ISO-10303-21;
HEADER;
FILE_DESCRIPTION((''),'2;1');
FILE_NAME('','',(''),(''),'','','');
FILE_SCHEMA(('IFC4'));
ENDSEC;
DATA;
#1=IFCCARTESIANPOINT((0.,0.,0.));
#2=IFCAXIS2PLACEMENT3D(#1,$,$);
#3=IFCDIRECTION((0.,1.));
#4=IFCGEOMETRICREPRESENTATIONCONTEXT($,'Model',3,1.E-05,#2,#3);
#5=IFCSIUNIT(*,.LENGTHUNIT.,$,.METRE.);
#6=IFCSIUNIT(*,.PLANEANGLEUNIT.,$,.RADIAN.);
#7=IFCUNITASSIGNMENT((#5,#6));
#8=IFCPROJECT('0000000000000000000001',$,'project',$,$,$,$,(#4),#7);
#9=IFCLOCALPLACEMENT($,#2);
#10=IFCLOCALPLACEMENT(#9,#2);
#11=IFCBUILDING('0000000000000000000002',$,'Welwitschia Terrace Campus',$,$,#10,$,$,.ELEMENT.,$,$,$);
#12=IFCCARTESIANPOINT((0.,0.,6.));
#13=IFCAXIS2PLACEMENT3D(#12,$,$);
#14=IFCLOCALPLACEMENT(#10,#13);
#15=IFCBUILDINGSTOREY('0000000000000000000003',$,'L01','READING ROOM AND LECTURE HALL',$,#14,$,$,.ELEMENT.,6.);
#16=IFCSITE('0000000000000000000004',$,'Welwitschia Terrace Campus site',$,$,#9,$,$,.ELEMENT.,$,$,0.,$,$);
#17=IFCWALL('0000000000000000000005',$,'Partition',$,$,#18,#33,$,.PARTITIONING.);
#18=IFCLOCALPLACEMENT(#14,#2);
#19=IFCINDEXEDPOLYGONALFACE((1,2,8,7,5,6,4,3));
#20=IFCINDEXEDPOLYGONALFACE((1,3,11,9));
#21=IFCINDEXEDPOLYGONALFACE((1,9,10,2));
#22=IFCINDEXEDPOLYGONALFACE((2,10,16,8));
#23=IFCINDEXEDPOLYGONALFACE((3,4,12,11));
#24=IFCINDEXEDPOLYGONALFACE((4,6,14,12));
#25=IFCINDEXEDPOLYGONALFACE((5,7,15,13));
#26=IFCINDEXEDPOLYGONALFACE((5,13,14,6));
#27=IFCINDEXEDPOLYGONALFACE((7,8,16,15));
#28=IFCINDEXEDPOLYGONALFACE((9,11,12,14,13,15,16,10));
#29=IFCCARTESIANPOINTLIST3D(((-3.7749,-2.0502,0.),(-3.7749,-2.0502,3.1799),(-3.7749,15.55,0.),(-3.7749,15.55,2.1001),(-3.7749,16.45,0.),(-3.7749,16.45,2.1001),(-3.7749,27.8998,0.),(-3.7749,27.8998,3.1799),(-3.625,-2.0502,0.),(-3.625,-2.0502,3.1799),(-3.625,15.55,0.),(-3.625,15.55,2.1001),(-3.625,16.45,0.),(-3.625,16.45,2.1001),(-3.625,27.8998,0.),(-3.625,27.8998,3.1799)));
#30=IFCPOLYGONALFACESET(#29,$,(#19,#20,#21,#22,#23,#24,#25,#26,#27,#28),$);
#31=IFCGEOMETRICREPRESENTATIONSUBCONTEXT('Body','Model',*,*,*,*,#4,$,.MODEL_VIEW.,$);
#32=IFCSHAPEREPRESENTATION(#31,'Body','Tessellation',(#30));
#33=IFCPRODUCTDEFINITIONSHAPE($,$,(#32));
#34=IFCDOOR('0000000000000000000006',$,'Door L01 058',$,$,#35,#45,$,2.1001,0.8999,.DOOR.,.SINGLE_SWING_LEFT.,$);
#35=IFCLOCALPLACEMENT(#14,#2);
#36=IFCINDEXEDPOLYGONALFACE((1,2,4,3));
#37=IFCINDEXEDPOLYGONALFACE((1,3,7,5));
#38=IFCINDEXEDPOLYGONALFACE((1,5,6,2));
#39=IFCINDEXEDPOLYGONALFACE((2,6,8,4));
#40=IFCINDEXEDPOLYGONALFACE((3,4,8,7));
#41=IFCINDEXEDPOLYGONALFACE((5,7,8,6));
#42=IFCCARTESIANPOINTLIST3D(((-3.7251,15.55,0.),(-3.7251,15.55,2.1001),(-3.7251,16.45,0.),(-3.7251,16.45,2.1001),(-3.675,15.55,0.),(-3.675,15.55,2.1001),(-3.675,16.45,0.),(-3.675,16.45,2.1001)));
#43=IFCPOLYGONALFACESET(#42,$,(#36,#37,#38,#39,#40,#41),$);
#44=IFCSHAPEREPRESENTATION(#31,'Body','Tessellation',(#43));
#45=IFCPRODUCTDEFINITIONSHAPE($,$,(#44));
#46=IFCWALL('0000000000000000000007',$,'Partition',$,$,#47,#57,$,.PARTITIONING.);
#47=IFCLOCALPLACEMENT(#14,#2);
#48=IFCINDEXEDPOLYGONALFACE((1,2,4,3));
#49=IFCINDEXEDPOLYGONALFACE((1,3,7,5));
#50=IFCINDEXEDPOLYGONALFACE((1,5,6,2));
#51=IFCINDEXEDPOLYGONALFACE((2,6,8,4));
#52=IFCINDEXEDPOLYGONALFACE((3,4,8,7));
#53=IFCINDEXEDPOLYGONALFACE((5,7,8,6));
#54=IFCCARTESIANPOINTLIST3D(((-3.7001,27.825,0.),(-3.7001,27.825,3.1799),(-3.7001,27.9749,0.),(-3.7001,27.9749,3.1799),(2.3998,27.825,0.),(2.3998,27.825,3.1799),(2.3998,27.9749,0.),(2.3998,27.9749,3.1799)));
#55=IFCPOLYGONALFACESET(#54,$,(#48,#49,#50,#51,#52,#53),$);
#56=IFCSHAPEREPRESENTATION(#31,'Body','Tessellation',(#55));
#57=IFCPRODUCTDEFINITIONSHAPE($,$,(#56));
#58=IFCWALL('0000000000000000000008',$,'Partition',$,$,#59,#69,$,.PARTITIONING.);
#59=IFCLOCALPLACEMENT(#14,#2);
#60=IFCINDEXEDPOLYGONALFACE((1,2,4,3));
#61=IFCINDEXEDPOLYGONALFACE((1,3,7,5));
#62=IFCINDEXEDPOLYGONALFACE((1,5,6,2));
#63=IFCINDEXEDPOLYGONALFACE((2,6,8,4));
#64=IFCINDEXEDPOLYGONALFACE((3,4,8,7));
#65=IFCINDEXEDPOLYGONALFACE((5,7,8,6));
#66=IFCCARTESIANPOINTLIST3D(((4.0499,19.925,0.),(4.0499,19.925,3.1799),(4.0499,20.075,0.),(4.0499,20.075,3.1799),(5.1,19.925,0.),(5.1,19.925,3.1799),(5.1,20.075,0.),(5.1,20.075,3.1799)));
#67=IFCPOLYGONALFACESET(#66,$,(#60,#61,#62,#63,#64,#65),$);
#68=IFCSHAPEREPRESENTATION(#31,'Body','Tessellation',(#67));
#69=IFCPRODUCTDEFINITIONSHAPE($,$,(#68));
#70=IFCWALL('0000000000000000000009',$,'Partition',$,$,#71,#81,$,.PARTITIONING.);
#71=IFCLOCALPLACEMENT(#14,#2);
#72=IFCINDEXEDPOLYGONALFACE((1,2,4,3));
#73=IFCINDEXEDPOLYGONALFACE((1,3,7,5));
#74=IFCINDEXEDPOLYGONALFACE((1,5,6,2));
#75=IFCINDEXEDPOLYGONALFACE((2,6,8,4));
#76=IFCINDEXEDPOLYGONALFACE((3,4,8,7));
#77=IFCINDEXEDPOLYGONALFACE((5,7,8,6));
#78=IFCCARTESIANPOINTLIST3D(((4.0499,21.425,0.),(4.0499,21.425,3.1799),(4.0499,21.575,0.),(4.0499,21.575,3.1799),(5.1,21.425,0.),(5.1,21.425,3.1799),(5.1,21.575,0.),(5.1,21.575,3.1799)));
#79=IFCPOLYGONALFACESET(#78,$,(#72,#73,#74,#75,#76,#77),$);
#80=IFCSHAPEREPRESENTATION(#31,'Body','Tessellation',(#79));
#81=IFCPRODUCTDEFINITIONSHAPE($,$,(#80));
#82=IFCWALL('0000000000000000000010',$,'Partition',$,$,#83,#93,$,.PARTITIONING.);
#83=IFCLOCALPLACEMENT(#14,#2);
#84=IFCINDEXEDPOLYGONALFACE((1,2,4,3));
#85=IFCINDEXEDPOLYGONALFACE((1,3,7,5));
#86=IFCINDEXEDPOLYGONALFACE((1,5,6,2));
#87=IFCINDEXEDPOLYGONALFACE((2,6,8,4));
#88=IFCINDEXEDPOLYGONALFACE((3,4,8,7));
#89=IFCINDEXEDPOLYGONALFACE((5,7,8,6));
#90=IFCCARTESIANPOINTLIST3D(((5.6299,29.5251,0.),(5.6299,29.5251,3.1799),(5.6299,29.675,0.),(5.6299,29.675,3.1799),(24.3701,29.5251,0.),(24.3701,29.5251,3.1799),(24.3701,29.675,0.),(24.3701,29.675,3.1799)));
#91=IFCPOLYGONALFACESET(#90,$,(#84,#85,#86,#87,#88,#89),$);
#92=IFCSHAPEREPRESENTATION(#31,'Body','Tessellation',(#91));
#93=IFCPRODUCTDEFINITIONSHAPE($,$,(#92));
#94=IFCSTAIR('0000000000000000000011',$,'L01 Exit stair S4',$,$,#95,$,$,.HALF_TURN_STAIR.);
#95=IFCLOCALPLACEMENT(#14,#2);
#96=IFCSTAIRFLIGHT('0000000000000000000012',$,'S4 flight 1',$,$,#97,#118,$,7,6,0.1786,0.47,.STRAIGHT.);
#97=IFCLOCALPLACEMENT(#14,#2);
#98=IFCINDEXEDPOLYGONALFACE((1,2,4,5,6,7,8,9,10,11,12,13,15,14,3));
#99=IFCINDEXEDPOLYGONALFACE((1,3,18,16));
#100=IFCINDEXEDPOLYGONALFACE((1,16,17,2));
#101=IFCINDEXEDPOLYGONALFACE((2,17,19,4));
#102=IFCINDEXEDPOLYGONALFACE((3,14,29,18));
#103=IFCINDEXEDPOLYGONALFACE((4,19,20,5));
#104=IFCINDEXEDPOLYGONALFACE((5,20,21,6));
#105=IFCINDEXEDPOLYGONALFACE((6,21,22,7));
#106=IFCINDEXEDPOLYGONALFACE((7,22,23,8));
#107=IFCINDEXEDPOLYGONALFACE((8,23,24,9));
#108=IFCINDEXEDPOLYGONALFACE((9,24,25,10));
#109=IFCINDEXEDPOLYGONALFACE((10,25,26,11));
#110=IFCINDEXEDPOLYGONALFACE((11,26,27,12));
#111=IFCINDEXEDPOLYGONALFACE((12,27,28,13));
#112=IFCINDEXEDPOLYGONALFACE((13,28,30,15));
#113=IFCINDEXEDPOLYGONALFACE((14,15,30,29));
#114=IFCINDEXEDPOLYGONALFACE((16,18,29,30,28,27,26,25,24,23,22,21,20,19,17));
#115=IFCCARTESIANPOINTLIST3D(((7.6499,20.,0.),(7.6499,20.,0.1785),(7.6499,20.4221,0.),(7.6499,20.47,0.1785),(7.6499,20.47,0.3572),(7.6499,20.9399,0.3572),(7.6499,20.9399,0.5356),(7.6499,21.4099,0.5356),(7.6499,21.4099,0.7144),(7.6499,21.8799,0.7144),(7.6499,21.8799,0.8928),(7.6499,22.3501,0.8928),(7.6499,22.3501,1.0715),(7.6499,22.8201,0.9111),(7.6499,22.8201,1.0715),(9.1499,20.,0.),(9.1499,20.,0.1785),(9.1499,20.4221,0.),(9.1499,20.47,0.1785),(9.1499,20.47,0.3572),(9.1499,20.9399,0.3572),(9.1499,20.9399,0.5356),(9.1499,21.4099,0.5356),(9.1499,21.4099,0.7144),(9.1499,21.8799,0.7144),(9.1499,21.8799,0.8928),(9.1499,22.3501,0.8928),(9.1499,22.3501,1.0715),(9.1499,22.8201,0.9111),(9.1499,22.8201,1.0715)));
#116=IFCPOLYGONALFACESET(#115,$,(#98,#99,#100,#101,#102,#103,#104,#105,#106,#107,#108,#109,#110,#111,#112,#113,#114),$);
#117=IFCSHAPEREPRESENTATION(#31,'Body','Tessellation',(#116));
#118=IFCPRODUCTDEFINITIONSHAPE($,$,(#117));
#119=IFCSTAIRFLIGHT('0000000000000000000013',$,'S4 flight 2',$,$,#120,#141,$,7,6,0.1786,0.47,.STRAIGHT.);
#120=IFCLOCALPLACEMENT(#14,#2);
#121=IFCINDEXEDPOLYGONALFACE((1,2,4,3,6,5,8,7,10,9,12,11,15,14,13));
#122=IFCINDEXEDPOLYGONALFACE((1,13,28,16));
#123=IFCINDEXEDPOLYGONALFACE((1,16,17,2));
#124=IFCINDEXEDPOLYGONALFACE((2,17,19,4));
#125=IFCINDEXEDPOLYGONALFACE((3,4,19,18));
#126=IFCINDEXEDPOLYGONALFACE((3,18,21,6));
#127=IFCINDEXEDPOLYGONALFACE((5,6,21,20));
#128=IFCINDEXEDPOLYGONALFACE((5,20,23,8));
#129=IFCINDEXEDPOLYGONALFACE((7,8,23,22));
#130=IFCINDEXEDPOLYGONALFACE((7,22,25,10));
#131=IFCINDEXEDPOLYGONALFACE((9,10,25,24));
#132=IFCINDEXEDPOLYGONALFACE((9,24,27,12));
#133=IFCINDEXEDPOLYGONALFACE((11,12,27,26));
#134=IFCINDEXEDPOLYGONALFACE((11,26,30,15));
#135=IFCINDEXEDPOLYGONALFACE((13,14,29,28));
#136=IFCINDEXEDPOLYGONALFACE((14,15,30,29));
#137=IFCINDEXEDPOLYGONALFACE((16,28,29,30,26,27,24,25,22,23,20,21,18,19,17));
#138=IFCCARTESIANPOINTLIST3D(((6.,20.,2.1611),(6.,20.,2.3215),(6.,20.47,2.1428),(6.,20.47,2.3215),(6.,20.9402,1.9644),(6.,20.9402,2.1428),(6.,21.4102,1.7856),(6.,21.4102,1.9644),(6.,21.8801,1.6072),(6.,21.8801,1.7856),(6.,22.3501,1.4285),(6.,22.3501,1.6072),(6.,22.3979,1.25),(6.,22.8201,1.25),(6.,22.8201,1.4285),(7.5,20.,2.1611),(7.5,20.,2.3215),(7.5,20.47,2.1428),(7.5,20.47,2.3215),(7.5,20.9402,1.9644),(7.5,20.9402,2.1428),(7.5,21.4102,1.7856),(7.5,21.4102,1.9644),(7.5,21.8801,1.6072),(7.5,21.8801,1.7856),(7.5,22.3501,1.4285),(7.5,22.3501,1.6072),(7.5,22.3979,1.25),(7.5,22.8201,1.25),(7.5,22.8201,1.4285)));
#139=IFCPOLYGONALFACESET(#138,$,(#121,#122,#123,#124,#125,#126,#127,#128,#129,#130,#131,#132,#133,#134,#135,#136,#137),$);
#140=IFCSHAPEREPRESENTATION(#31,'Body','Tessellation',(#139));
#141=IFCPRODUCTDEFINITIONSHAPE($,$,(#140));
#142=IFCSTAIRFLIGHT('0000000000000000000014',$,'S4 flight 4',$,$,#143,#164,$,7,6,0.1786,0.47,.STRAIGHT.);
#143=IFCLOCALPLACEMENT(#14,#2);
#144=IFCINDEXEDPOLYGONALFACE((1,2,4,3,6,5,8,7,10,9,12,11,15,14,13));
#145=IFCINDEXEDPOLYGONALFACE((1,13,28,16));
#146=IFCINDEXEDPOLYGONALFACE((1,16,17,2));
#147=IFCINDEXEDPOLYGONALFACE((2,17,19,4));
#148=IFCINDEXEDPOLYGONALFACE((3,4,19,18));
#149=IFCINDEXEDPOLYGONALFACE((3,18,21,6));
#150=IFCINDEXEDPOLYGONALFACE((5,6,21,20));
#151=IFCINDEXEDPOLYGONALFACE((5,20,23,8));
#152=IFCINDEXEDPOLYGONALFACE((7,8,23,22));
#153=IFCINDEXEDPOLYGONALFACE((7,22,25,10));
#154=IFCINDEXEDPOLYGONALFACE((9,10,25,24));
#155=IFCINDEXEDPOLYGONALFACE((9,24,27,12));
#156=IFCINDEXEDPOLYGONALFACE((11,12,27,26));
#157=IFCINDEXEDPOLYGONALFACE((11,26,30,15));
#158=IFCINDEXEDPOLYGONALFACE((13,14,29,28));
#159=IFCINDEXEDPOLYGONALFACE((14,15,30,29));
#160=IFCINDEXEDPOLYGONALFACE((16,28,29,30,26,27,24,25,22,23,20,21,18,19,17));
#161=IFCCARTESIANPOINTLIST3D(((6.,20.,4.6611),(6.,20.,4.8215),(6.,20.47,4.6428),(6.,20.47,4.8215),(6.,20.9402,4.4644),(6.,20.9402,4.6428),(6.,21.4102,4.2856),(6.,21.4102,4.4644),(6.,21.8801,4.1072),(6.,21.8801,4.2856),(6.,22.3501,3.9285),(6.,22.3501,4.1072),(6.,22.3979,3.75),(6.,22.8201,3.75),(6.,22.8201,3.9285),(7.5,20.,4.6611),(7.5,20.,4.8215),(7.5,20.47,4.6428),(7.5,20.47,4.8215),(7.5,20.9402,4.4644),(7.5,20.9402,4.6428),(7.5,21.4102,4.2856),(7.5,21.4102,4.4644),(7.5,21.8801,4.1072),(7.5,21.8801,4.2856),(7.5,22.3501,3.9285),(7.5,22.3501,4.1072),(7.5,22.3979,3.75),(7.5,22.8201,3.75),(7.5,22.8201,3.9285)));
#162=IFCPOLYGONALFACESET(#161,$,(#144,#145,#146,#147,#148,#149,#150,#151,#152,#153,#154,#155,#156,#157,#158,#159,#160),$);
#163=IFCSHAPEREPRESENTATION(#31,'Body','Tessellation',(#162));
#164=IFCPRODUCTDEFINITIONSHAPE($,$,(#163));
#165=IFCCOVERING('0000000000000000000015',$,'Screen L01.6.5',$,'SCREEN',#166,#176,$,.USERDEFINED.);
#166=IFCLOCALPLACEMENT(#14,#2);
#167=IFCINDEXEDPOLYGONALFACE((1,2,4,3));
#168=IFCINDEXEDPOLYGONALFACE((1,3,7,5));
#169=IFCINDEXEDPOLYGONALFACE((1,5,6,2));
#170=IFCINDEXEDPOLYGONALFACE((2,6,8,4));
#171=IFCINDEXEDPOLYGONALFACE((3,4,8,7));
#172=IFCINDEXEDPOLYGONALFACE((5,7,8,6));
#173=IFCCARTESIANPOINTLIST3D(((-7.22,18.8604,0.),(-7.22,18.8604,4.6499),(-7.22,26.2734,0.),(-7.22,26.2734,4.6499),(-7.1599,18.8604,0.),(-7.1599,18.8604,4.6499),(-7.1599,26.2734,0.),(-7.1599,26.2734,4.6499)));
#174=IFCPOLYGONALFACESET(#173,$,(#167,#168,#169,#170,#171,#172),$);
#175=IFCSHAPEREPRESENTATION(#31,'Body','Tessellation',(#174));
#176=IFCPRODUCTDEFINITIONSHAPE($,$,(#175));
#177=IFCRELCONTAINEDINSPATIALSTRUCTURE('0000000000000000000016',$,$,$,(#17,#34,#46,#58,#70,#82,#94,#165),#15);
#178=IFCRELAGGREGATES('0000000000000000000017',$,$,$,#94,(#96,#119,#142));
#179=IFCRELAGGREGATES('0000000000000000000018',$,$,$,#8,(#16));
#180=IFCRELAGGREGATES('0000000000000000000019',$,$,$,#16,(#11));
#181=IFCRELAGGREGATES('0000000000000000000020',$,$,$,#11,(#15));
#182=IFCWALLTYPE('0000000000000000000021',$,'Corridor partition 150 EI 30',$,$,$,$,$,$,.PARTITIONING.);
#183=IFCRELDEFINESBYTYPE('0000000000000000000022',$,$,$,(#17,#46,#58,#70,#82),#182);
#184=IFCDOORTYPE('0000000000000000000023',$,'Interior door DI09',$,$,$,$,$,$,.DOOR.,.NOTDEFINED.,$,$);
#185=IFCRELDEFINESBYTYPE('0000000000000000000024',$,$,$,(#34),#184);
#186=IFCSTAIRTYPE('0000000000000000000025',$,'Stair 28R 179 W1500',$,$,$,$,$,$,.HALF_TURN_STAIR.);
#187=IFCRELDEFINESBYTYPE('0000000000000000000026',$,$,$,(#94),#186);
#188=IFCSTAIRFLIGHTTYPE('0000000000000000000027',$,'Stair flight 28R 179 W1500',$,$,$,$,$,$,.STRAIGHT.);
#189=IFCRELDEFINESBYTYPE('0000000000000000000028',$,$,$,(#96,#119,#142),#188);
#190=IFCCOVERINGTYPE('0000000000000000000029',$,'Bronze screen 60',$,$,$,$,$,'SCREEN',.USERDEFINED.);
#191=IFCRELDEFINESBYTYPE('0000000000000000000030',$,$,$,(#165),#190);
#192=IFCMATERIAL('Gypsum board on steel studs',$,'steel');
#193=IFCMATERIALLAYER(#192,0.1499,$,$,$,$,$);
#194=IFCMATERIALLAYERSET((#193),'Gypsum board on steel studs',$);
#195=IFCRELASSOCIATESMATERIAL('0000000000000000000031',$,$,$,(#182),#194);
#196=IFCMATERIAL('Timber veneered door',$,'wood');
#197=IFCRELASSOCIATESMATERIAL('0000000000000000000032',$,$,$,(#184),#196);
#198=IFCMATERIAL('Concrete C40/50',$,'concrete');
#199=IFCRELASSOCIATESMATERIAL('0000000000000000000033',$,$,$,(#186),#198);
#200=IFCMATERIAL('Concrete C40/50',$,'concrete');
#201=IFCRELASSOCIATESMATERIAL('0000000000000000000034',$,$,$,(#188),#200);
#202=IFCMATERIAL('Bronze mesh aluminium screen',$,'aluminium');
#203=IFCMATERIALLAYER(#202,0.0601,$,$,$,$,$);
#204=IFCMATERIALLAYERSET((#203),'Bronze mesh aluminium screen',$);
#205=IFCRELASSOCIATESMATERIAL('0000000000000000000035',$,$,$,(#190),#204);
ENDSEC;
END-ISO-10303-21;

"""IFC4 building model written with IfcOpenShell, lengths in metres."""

from ifc_helpers import new_model, si_unit, direction, frame, frame_2d, origin, origin_2d, place, context, subcontext, project, spatial, polyline, rectangle, outline, extrude, material, layer, layer_set, type_object, element, fill, aggregate, save


model = new_model("IFC4")

# Units and contexts
model_context = context("Model", 3, precision=1e-05, world=origin(), true_north=direction((0.0, 1.0)))
body_context = subcontext(model_context, "Body", "Model", "MODEL_VIEW")
ifc_project = project(units=[si_unit("LENGTHUNIT", "METRE"), si_unit("PLANEANGLEUNIT", "RADIAN")], contexts=[model_context])

# Site, building, storey
site_placement = place(None, origin())
site = spatial("IfcSite", under=ifc_project, at=site_placement, Name="Welwitschia Terrace Campus site", CompositionType="ELEMENT", RefElevation=0.0)
building_placement = place(site_placement, origin())
building = spatial("IfcBuilding", under=site, at=building_placement, Name="Welwitschia Terrace Campus", CompositionType="ELEMENT")
storey_placement = place(building_placement, frame((0.0, 0.0, 6.0)))
storey = spatial("IfcBuildingStorey", under=building, at=storey_placement, Name="L01", Description="READING ROOM AND LECTURE HALL", CompositionType="ELEMENT", Elevation=6.0)

# Wall, opening, door
ifc_material_1 = material(Name="Gypsum board on steel studs", Category="steel")
ifc_layer_1 = layer(ifc_material_1, 0.1499)
ifc_layer_set_1 = layer_set([ifc_layer_1], Name="Gypsum board on steel studs")
wall_type_1 = type_object("IfcWallType", Name="Corridor partition 150 EI 30", PredefinedType="PARTITIONING", material=ifc_layer_set_1)
wall_1_placement = place(storey_placement, frame((-3.7, 27.8999, 0.0), z_axis=(0.0, 0.0, 1.0), x_axis=(0.0, -1.0, 0.0)))
wall_1 = element("IfcWall", 1, at=wall_1_placement, inside=storey, type_object=wall_type_1, Name="Partition", PredefinedType="PARTITIONING", context=body_context, shape_type="SweptSolid", body=[
    extrude(rectangle(XDim=29.95, YDim=0.1499, at=frame_2d((14.9751, 0.0))), origin(), (0.0, 0.0, 1.0), 3.1799),
])
opening_placement = place(wall_1_placement, frame((11.45, 0.0, 0.0)))
opening = element("IfcOpeningElement", 2, at=opening_placement, cuts=wall_1, PredefinedType="OPENING", context=body_context, shape_type="SweptSolid", body=[
    extrude(rectangle(XDim=0.8999, YDim=2.1001, at=frame_2d((0.45, 1.05))), frame((0.0, 0.085, 0.0), z_axis=(0.0, -1.0, 0.0), x_axis=(1.0, 0.0, 0.0)), (0.0, 0.0, 1.0), 0.1699),
])
ifc_material_2 = material(Name="Timber veneered door", Category="wood")
door_type = type_object("IfcDoorType", Name="Interior door DI09", OperationType="NOTDEFINED", PredefinedType="DOOR", material=ifc_material_2)
door_placement = place(opening_placement, origin())
door = element("IfcDoor", 3, at=door_placement, inside=storey, type_object=door_type, Name="Door L01 058", OperationType="SINGLE_SWING_LEFT", OverallHeight=2.1001, OverallWidth=0.8999, PredefinedType="DOOR", context=body_context, shape_type="SweptSolid", body=[
    extrude(rectangle(XDim=0.8999, YDim=2.1001, at=frame_2d((0.45, 1.05))), frame((0.0, 0.0249, 0.0), z_axis=(0.0, -1.0, 0.0), x_axis=(1.0, 0.0, 0.0)), (0.0, 0.0, 1.0), 0.05),
])
fill(opening, door)

# Walls
wall_2_placement = place(storey_placement, frame((-3.7, 27.8999, 0.0), z_axis=(0.0, 0.0, 1.0), x_axis=(1.0, 0.0, 0.0)))
element("IfcWall", 4, at=wall_2_placement, inside=storey, type_object=wall_type_1, Name="Partition", PredefinedType="PARTITIONING", context=body_context, shape_type="SweptSolid", body=[
    extrude(rectangle(XDim=6.0999, YDim=0.1499, at=frame_2d((3.0498, 0.0))), origin(), (0.0, 0.0, 1.0), 3.1799),
])
for number, where, z_axis, x_axis, name in (
    (5, (4.05, 20.0, 0.0), (0.0, 0.0, 1.0), (1.0, 0.0, 0.0), "Partition"),
    (6, (4.05, 21.5, 0.0), (0.0, 0.0, 1.0), (1.0, 0.0, 0.0), "Partition"),
):
    element("IfcWall", number, at=place(storey_placement, frame(where, z_axis=z_axis, x_axis=x_axis)), inside=storey, type_object=wall_type_1, Name=name, PredefinedType="PARTITIONING", context=body_context, shape_type="SweptSolid", body=[
        extrude(rectangle(XDim=1.05, YDim=0.1499, at=frame_2d((0.5249, 0.0))), origin(), (0.0, 0.0, 1.0), 3.1799),
    ])
wall_3_placement = place(storey_placement, frame((5.6299, 29.6001, 0.0), z_axis=(0.0, 0.0, 1.0), x_axis=(1.0, 0.0, 0.0)))
element("IfcWall", 7, at=wall_3_placement, inside=storey, type_object=wall_type_1, Name="Partition", PredefinedType="PARTITIONING", context=body_context, shape_type="SweptSolid", body=[
    extrude(rectangle(XDim=18.7402, YDim=0.1499, at=frame_2d((9.3701, 0.0))), origin(), (0.0, 0.0, 1.0), 3.1799),
])

# Stair, stair flights
ifc_material_3 = material(Name="Concrete C40/50", Category="concrete")
stair_type = type_object("IfcStairType", Name="Stair 28R 179 W1500", PredefinedType="HALF_TURN_STAIR", material=ifc_material_3)
stair_placement = place(storey_placement, origin())
stair = element("IfcStair", 8, at=stair_placement, inside=storey, type_object=stair_type, Name="L01 Exit stair S4", PredefinedType="HALF_TURN_STAIR")
ifc_material_4 = material(Name="Concrete C40/50", Category="concrete")
stair_flight_type = type_object("IfcStairFlightType", Name="Stair flight 28R 179 W1500", PredefinedType="STRAIGHT", material=ifc_material_4)
stair_flight_1_placement = place(storey_placement, frame((8.3999, 20.0, 0.0), z_axis=(0.0, 0.0, 1.0), x_axis=(0.0, 1.0, 0.0)))
stair_flight_1 = element("IfcStairFlight", 9, at=stair_flight_1_placement, type_object=stair_flight_type, Name="S4 flight 1", NumberOfRisers=7, NumberOfTreads=6, PredefinedType="STRAIGHT", RiserHeight=0.1786, TreadLength=0.47, context=body_context, shape_type="SweptSolid", body=[
    extrude(outline(polyline([(0.0, 0.0), (0.0, 0.1785), (0.47, 0.1785), (0.47, 0.3572), (0.9399, 0.3572), (0.9399, 0.5356), (1.4099, 0.5356), (1.4099, 0.7144), (1.8799, 0.7144), (1.8799, 0.8928), (2.3501, 0.8928), (2.3501, 1.0715), (2.8201, 1.0715), (2.8201, 1.25), (2.8201, 0.9111), (0.4221, 0.0), (0.0, 0.0)])), frame((0.0, 0.75, 0.0), z_axis=(0.0, -1.0, 0.0), x_axis=(1.0, 0.0, 0.0)), (0.0, 0.0, 1.0), 1.5),
])
stair_flight_2_placement = place(storey_placement, frame((6.75, 22.8201, 1.25), z_axis=(0.0, 0.0, 1.0), x_axis=(0.0, -1.0, 0.0)))
stair_flight_2 = element("IfcStairFlight", 10, at=stair_flight_2_placement, type_object=stair_flight_type, Name="S4 flight 2", NumberOfRisers=7, NumberOfTreads=6, PredefinedType="STRAIGHT", RiserHeight=0.1786, TreadLength=0.47, context=body_context, shape_type="SweptSolid", body=[
    extrude(outline(polyline([(0.0, 0.0), (0.0, 0.1785), (0.47, 0.1785), (0.47, 0.3572), (0.9399, 0.3572), (0.9399, 0.5356), (1.4099, 0.5356), (1.4099, 0.7144), (1.8799, 0.7144), (1.8799, 0.8928), (2.3501, 0.8928), (2.3501, 1.0715), (2.8201, 1.0715), (2.8201, 1.25), (2.8201, 0.9111), (0.4221, 0.0), (0.0, 0.0)])), frame((0.0, 0.75, 0.0), z_axis=(0.0, -1.0, 0.0), x_axis=(1.0, 0.0, 0.0)), (0.0, 0.0, 1.0), 1.5),
])
stair_flight_3_placement = place(storey_placement, frame((6.75, 22.8201, 3.75), z_axis=(0.0, 0.0, 1.0), x_axis=(0.0, -1.0, 0.0)))
stair_flight_3 = element("IfcStairFlight", 11, at=stair_flight_3_placement, type_object=stair_flight_type, Name="S4 flight 4", NumberOfRisers=7, NumberOfTreads=6, PredefinedType="STRAIGHT", RiserHeight=0.1786, TreadLength=0.47, context=body_context, shape_type="SweptSolid", body=[
    extrude(outline(polyline([(0.0, 0.0), (0.0, 0.1785), (0.47, 0.1785), (0.47, 0.3572), (0.9399, 0.3572), (0.9399, 0.5356), (1.4099, 0.5356), (1.4099, 0.7144), (1.8799, 0.7144), (1.8799, 0.8928), (2.3501, 0.8928), (2.3501, 1.0715), (2.8201, 1.0715), (2.8201, 1.25), (2.8201, 0.9111), (0.4221, 0.0), (0.0, 0.0)])), frame((0.0, 0.75, 0.0), z_axis=(0.0, -1.0, 0.0), x_axis=(1.0, 0.0, 0.0)), (0.0, 0.0, 1.0), 1.5),
])
aggregate(stair, [stair_flight_1, stair_flight_2, stair_flight_3])

# Covering
ifc_material_5 = material(Name="Bronze mesh aluminium screen", Category="aluminium")
ifc_layer_2 = layer(ifc_material_5, 0.0601)
ifc_layer_set_2 = layer_set([ifc_layer_2], Name="Bronze mesh aluminium screen")
covering_type = type_object("IfcCoveringType", Name="Bronze screen 60", ElementType="SCREEN", PredefinedType="USERDEFINED", material=ifc_layer_set_2)
covering_placement = place(storey_placement, frame((-7.1899, 22.5669, 0.0), z_axis=(0.0, 0.0, 1.0), x_axis=(0.0, -1.0, 0.0)))
element("IfcCovering", 12, at=covering_placement, inside=storey, type_object=covering_type, Name="Screen L01.6.5", ObjectType="SCREEN", PredefinedType="USERDEFINED", context=body_context, shape_type="SweptSolid", body=[
    extrude(rectangle(XDim=7.4131, YDim=0.0601, at=origin_2d()), origin(), (0.0, 0.0, 1.0), 4.6499),
])

save(model, "model.ifc")
